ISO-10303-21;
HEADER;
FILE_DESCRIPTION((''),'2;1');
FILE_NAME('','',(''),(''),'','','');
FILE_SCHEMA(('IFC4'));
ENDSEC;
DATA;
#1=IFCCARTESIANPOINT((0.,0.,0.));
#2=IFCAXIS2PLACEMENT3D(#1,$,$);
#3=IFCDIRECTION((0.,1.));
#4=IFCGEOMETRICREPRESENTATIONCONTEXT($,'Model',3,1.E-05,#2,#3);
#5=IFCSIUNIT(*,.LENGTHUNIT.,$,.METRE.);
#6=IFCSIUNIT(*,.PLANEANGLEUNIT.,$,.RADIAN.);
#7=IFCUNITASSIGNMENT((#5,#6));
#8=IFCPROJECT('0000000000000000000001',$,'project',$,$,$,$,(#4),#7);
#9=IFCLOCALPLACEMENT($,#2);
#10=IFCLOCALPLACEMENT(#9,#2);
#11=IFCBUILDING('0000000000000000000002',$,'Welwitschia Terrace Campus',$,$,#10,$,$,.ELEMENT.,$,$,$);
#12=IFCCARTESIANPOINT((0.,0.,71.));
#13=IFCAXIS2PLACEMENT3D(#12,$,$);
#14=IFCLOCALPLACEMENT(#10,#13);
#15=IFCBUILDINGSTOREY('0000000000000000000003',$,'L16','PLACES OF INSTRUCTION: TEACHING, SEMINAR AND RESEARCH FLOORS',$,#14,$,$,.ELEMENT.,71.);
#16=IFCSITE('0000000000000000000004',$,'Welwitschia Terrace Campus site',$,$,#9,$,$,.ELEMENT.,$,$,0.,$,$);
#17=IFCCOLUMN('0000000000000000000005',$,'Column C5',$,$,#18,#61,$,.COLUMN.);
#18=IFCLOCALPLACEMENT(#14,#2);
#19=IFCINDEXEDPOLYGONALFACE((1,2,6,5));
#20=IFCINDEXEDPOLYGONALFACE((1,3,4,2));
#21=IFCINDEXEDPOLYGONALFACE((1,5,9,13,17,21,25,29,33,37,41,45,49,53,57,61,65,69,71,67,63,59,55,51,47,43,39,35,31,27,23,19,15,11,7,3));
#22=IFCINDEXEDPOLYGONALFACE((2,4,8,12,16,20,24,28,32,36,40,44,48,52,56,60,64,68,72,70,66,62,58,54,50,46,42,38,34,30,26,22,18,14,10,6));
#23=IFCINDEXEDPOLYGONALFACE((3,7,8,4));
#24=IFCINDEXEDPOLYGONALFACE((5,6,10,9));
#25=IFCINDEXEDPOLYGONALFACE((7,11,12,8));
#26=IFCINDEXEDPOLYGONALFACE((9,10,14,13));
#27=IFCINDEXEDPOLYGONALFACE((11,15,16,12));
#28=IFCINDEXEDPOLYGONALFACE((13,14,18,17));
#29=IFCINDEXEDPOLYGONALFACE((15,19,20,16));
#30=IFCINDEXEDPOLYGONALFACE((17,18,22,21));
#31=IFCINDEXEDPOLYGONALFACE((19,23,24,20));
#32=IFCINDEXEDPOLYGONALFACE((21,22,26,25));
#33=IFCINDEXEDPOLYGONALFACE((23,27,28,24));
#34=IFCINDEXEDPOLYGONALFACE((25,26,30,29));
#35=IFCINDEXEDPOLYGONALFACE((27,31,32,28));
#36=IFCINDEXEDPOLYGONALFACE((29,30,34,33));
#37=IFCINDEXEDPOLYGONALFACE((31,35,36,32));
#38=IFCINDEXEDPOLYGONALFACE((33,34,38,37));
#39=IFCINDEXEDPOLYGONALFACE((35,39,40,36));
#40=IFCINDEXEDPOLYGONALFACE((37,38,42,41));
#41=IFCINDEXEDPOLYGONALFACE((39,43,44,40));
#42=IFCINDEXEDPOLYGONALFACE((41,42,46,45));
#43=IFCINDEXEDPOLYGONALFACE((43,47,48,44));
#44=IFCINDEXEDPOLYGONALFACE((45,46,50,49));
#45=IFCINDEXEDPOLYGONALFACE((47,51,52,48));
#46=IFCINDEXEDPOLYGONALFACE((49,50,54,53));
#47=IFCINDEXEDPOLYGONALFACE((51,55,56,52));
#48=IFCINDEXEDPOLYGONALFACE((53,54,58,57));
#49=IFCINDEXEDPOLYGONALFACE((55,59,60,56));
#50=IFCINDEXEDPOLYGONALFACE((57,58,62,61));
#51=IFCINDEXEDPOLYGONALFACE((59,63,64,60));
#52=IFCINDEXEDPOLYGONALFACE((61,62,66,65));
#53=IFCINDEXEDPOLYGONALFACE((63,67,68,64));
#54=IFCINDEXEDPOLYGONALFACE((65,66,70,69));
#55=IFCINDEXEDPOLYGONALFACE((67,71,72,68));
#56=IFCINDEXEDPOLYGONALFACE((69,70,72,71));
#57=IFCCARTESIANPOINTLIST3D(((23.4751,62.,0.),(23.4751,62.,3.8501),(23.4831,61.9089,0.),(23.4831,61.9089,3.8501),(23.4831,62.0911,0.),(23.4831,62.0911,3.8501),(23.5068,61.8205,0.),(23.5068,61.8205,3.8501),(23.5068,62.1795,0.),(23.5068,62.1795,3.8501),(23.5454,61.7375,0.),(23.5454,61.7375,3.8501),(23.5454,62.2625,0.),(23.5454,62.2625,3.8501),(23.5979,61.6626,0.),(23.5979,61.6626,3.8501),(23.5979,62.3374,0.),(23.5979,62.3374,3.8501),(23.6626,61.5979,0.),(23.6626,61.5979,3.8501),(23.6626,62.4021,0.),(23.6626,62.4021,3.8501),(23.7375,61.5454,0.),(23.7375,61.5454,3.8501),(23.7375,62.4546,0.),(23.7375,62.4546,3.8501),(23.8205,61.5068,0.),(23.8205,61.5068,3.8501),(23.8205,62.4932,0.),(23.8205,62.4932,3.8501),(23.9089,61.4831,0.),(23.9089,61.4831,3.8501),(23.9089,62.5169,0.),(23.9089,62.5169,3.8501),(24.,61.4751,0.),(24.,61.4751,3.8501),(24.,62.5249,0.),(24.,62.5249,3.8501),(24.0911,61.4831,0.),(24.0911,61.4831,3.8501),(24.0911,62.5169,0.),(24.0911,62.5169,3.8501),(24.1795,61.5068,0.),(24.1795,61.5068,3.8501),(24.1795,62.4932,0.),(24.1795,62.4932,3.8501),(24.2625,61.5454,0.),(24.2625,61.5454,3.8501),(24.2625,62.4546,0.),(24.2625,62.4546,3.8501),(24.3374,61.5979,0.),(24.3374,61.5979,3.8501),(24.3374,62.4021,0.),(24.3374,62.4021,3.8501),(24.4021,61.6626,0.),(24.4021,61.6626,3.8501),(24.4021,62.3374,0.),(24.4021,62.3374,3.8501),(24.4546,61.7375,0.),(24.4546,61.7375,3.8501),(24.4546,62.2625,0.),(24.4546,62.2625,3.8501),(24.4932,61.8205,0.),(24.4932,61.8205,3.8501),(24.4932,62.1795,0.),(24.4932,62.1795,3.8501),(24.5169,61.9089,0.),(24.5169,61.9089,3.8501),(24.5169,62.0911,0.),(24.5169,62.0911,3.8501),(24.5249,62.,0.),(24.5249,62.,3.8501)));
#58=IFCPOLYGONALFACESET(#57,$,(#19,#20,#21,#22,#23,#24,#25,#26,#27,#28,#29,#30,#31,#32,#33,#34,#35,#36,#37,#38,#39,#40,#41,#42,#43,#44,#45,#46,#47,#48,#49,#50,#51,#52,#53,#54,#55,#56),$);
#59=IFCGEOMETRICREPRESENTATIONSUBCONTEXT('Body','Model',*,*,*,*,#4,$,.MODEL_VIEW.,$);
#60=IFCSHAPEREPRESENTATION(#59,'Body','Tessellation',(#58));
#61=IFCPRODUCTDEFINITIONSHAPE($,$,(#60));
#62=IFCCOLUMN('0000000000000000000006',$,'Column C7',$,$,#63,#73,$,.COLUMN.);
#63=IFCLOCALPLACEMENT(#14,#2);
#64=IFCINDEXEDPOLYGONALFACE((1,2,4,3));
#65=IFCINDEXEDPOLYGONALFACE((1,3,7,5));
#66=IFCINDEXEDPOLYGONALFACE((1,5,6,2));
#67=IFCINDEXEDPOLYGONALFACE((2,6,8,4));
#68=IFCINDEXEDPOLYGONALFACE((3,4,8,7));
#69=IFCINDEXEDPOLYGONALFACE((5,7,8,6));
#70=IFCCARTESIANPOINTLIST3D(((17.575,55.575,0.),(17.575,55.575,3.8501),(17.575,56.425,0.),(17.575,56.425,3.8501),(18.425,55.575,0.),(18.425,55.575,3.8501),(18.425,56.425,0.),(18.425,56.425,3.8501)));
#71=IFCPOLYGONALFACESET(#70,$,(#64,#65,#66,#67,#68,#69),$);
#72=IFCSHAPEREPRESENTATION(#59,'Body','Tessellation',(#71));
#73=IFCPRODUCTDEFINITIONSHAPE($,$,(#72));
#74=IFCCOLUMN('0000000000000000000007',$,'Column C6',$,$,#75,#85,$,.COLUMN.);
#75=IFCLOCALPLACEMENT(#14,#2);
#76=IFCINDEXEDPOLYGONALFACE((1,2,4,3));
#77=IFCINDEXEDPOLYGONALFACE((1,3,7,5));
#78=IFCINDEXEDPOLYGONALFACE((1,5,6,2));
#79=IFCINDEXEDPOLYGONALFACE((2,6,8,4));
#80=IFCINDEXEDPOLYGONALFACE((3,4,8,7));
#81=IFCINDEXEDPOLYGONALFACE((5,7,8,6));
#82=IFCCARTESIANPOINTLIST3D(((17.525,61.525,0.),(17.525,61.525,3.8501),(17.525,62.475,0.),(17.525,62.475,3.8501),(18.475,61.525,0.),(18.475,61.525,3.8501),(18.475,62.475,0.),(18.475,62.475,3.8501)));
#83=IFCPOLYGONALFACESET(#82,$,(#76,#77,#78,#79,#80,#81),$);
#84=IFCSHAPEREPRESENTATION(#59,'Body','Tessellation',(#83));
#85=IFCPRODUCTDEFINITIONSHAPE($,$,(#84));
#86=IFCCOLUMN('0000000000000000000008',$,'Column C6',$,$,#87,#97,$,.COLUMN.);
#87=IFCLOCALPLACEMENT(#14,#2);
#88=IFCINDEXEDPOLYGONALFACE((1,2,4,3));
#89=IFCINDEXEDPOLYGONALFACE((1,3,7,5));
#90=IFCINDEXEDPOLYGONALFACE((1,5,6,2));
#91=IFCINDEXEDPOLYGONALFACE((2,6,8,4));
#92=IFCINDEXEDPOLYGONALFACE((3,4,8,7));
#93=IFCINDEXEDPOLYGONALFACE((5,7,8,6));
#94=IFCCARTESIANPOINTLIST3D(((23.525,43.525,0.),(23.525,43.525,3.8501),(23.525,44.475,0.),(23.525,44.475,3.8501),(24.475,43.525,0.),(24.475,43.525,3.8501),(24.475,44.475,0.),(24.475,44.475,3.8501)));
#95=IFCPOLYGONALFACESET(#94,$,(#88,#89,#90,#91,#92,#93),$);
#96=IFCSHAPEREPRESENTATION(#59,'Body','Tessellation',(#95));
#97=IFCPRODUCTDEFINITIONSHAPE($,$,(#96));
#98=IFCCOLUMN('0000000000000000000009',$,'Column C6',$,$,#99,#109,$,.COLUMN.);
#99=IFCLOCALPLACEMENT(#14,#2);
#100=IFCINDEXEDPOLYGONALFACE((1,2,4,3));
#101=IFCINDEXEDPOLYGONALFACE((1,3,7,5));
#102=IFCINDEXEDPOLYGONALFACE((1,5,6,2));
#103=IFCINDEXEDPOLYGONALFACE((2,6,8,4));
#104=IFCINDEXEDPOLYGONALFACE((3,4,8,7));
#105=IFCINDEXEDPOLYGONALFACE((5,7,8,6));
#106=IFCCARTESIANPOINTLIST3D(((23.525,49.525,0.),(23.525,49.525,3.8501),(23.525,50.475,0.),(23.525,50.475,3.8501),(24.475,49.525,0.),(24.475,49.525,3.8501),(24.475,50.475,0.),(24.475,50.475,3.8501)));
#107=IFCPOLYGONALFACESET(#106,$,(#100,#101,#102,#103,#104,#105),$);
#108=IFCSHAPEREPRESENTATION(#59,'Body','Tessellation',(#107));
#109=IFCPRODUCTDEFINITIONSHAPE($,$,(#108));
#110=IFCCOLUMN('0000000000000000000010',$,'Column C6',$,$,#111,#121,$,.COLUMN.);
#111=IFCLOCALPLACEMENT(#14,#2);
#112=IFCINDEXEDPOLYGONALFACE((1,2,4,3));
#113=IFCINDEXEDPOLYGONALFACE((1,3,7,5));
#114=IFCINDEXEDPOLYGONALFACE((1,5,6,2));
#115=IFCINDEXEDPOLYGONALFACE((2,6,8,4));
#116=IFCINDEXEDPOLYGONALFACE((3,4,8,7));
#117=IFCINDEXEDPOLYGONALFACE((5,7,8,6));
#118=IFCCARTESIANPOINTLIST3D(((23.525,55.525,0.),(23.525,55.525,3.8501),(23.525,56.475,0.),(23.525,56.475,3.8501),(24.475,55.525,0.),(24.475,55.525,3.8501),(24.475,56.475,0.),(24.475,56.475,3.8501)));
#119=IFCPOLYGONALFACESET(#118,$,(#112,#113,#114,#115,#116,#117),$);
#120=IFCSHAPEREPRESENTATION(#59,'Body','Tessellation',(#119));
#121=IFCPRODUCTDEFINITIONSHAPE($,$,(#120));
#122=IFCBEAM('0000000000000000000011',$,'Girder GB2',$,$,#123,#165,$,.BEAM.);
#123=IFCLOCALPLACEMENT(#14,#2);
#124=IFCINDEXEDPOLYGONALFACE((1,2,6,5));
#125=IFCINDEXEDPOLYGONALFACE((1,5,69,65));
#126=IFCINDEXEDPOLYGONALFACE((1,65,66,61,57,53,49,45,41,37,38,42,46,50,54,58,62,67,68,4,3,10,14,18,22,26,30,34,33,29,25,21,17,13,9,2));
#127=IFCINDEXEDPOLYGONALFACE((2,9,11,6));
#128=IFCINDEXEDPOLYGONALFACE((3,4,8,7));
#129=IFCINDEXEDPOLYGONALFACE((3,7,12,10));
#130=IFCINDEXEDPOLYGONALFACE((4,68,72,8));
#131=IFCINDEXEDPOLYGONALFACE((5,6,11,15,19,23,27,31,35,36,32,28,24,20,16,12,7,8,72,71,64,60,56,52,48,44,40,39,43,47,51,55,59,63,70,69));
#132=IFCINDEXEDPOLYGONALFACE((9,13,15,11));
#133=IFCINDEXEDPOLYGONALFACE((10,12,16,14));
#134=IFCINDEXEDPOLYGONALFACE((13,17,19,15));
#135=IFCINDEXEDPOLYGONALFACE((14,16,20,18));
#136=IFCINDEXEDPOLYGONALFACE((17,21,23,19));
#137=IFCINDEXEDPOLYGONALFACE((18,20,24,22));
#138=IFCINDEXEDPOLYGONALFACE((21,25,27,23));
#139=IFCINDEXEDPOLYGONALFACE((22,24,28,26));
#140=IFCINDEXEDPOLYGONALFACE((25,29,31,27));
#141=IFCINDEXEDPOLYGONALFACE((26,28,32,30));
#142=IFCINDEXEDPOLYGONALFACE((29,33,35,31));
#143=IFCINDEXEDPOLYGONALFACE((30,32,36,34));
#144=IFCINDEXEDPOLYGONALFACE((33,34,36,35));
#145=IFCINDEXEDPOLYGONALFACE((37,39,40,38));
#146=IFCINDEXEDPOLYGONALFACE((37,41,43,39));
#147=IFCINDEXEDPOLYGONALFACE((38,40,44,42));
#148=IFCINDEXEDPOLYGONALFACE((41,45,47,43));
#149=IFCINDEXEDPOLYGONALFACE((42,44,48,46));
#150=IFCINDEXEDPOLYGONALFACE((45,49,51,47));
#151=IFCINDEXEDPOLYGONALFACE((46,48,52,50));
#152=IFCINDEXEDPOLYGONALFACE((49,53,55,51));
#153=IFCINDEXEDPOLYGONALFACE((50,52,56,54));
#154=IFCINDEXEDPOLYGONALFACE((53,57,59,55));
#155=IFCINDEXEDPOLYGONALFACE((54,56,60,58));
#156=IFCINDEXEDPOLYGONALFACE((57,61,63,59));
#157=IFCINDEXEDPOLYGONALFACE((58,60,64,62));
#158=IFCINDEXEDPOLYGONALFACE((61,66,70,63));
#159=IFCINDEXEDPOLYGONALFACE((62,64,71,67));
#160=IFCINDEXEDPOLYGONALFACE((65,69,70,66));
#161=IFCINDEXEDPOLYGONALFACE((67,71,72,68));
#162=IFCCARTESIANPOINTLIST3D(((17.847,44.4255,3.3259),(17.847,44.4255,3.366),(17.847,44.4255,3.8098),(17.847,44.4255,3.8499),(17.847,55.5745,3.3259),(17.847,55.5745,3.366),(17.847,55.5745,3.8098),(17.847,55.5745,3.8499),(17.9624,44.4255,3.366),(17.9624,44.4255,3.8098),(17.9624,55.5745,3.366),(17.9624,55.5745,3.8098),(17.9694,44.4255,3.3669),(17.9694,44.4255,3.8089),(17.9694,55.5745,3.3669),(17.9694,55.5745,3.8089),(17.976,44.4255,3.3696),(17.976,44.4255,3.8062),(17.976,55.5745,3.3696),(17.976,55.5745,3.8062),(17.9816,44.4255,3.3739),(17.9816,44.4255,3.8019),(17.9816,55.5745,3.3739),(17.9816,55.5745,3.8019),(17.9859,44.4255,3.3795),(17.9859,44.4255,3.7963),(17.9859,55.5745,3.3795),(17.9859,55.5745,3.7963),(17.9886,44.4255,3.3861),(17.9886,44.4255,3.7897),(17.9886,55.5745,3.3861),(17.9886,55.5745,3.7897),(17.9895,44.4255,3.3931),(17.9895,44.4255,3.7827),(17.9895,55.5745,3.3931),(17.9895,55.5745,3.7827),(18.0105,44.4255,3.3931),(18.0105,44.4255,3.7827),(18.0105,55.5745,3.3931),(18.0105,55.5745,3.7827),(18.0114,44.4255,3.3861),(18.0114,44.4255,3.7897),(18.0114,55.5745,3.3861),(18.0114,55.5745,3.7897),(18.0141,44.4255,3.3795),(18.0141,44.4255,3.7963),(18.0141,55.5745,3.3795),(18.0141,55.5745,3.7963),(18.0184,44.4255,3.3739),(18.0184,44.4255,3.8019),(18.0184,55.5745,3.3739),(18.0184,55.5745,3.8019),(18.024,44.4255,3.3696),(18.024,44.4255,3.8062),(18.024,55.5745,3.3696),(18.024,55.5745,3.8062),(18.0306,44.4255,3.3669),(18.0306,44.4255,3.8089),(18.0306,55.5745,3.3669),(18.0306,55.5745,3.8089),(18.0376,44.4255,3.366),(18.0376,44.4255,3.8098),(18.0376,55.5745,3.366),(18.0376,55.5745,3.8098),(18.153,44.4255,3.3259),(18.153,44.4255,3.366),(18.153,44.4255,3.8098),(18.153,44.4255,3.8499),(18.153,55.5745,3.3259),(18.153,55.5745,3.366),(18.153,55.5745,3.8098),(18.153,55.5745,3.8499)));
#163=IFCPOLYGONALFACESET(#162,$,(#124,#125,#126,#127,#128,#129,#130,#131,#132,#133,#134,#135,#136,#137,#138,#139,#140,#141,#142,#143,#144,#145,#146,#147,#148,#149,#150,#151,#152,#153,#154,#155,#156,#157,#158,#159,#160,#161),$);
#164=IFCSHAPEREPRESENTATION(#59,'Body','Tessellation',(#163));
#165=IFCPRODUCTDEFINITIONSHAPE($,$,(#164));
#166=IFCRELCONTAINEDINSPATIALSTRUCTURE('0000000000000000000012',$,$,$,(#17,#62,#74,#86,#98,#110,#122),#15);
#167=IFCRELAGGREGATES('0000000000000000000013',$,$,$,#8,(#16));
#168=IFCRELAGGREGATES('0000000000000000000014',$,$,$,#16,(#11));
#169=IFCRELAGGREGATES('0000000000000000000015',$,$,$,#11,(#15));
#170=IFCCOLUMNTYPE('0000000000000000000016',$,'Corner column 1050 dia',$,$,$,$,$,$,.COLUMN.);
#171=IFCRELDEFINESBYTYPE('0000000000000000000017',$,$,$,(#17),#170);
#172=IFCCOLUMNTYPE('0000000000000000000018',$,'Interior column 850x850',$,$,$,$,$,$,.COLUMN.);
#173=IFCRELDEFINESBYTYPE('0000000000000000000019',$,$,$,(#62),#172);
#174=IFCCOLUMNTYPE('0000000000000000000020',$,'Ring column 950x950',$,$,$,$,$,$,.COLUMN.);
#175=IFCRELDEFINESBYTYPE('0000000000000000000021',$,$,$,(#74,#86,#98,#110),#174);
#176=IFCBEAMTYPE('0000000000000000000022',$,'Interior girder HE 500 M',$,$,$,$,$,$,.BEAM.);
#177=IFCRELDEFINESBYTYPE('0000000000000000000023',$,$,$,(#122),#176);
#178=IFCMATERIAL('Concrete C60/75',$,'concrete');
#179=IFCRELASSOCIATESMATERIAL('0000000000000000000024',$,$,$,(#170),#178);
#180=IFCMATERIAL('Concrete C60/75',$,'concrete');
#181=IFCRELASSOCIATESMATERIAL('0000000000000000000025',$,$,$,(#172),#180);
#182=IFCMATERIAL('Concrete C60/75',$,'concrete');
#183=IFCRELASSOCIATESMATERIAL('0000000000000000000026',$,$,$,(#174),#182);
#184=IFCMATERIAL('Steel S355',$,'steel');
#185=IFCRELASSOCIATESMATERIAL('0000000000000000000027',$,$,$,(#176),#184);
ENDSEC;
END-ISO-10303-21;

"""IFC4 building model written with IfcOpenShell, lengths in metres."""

from ifc_helpers import new_model, si_unit, direction, frame, origin, origin_2d, place, context, subcontext, project, spatial, rectangle, circle, i_section, extrude, material, material_profile, profile_set, type_object, element, save


model = new_model("IFC4")

# Units and contexts
model_context = context("Model", 3, precision=1e-05, world=origin(), true_north=direction((0.0, 1.0)))
body_context = subcontext(model_context, "Body", "Model", "MODEL_VIEW")
ifc_project = project(units=[si_unit("LENGTHUNIT", "METRE"), si_unit("PLANEANGLEUNIT", "RADIAN")], contexts=[model_context])

# Site, building, storey
site_placement = place(None, origin())
site = spatial("IfcSite", under=ifc_project, at=site_placement, Name="Welwitschia Terrace Campus site", CompositionType="ELEMENT", RefElevation=0.0)
building_placement = place(site_placement, origin())
building = spatial("IfcBuilding", under=site, at=building_placement, Name="Welwitschia Terrace Campus", CompositionType="ELEMENT")
storey_placement = place(building_placement, frame((0.0, 0.0, 71.0)))
storey = spatial("IfcBuildingStorey", under=building, at=storey_placement, Name="L16", Description="PLACES OF INSTRUCTION: TEACHING, SEMINAR AND RESEARCH FLOORS", CompositionType="ELEMENT", Elevation=71.0)

# Columns
ifc_material_1 = material(Name="Concrete C60/75", Category="concrete")
ifc_material_profile_1 = material_profile(ifc_material_1, circle(Radius=0.5249, at=origin_2d()))
ifc_profile_set_1 = profile_set([ifc_material_profile_1], Name="Concrete C60/75")
column_type_1 = type_object("IfcColumnType", Name="Corner column 1050 dia", PredefinedType="COLUMN", material=ifc_profile_set_1)
column_1_placement = place(storey_placement, frame((24.0, 62.0, 0.0), z_axis=(0.0, 0.0, 1.0), x_axis=(1.0, 0.0, 0.0)))
element("IfcColumn", 1, at=column_1_placement, inside=storey, type_object=column_type_1, Name="Column C5", PredefinedType="COLUMN", context=body_context, shape_type="SweptSolid", body=[
    extrude(circle(Radius=0.5249, at=origin_2d()), origin(), (0.0, 0.0, 1.0), 3.8501),
])
ifc_material_2 = material(Name="Concrete C60/75", Category="concrete")
ifc_material_profile_2 = material_profile(ifc_material_2, rectangle(XDim=0.8501, YDim=0.8501, at=origin_2d()))
ifc_profile_set_2 = profile_set([ifc_material_profile_2], Name="Concrete C60/75")
column_type_2 = type_object("IfcColumnType", Name="Interior column 850x850", PredefinedType="COLUMN", material=ifc_profile_set_2)
column_2_placement = place(storey_placement, frame((18.0, 56.0, 0.0), z_axis=(0.0, 0.0, 1.0), x_axis=(1.0, 0.0, 0.0)))
element("IfcColumn", 2, at=column_2_placement, inside=storey, type_object=column_type_2, Name="Column C7", PredefinedType="COLUMN", context=body_context, shape_type="SweptSolid", body=[
    extrude(rectangle(XDim=0.8501, YDim=0.8501, at=origin_2d()), origin(), (0.0, 0.0, 1.0), 3.8501),
])
ifc_material_3 = material(Name="Concrete C60/75", Category="concrete")
ifc_material_profile_3 = material_profile(ifc_material_3, rectangle(XDim=0.95, YDim=0.95, at=origin_2d()))
ifc_profile_set_3 = profile_set([ifc_material_profile_3], Name="Concrete C60/75")
column_type_3 = type_object("IfcColumnType", Name="Ring column 950x950", PredefinedType="COLUMN", material=ifc_profile_set_3)
for number, where, z_axis, x_axis, name in (
    (3, (18.0, 62.0, 0.0), (0.0, 0.0, 1.0), (1.0, 0.0, 0.0), "Column C6"),
    (4, (24.0, 44.0, 0.0), (0.0, 0.0, 1.0), (1.0, 0.0, 0.0), "Column C6"),
    (5, (24.0, 50.0, 0.0), (0.0, 0.0, 1.0), (1.0, 0.0, 0.0), "Column C6"),
    (6, (24.0, 56.0, 0.0), (0.0, 0.0, 1.0), (1.0, 0.0, 0.0), "Column C6"),
):
    element("IfcColumn", number, at=place(storey_placement, frame(where, z_axis=z_axis, x_axis=x_axis)), inside=storey, type_object=column_type_3, Name=name, PredefinedType="COLUMN", context=body_context, shape_type="SweptSolid", body=[
        extrude(rectangle(XDim=0.95, YDim=0.95, at=origin_2d()), origin(), (0.0, 0.0, 1.0), 3.8501),
    ])

# Beam
ifc_material_4 = material(Name="Steel S355", Category="steel")
ifc_material_profile_4 = material_profile(ifc_material_4, i_section(OverallWidth=0.3059, OverallDepth=0.5239, WebThickness=0.021, FlangeThickness=0.04, FilletRadius=0.0271, at=origin_2d()))
ifc_profile_set_4 = profile_set([ifc_material_profile_4], Name="Steel S355")
beam_type_1 = type_object("IfcBeamType", Name="Interior girder HE 500 M", PredefinedType="BEAM", material=ifc_profile_set_4)
beam_1_placement = place(storey_placement, frame((18.0, 44.4255, 3.5879), z_axis=(0.0, 1.0, 0.0), x_axis=(-1.0, 0.0, 0.0)))
element("IfcBeam", 7, at=beam_1_placement, inside=storey, type_object=beam_type_1, Name="Girder GB2", PredefinedType="BEAM", context=body_context, shape_type="SweptSolid", body=[
    extrude(i_section(OverallWidth=0.3059, OverallDepth=0.5239, WebThickness=0.021, FlangeThickness=0.04, FilletRadius=0.0271, at=origin_2d()), origin(), (0.0, 0.0, 1.0), 11.1489),
])

save(model, "model.ifc")
